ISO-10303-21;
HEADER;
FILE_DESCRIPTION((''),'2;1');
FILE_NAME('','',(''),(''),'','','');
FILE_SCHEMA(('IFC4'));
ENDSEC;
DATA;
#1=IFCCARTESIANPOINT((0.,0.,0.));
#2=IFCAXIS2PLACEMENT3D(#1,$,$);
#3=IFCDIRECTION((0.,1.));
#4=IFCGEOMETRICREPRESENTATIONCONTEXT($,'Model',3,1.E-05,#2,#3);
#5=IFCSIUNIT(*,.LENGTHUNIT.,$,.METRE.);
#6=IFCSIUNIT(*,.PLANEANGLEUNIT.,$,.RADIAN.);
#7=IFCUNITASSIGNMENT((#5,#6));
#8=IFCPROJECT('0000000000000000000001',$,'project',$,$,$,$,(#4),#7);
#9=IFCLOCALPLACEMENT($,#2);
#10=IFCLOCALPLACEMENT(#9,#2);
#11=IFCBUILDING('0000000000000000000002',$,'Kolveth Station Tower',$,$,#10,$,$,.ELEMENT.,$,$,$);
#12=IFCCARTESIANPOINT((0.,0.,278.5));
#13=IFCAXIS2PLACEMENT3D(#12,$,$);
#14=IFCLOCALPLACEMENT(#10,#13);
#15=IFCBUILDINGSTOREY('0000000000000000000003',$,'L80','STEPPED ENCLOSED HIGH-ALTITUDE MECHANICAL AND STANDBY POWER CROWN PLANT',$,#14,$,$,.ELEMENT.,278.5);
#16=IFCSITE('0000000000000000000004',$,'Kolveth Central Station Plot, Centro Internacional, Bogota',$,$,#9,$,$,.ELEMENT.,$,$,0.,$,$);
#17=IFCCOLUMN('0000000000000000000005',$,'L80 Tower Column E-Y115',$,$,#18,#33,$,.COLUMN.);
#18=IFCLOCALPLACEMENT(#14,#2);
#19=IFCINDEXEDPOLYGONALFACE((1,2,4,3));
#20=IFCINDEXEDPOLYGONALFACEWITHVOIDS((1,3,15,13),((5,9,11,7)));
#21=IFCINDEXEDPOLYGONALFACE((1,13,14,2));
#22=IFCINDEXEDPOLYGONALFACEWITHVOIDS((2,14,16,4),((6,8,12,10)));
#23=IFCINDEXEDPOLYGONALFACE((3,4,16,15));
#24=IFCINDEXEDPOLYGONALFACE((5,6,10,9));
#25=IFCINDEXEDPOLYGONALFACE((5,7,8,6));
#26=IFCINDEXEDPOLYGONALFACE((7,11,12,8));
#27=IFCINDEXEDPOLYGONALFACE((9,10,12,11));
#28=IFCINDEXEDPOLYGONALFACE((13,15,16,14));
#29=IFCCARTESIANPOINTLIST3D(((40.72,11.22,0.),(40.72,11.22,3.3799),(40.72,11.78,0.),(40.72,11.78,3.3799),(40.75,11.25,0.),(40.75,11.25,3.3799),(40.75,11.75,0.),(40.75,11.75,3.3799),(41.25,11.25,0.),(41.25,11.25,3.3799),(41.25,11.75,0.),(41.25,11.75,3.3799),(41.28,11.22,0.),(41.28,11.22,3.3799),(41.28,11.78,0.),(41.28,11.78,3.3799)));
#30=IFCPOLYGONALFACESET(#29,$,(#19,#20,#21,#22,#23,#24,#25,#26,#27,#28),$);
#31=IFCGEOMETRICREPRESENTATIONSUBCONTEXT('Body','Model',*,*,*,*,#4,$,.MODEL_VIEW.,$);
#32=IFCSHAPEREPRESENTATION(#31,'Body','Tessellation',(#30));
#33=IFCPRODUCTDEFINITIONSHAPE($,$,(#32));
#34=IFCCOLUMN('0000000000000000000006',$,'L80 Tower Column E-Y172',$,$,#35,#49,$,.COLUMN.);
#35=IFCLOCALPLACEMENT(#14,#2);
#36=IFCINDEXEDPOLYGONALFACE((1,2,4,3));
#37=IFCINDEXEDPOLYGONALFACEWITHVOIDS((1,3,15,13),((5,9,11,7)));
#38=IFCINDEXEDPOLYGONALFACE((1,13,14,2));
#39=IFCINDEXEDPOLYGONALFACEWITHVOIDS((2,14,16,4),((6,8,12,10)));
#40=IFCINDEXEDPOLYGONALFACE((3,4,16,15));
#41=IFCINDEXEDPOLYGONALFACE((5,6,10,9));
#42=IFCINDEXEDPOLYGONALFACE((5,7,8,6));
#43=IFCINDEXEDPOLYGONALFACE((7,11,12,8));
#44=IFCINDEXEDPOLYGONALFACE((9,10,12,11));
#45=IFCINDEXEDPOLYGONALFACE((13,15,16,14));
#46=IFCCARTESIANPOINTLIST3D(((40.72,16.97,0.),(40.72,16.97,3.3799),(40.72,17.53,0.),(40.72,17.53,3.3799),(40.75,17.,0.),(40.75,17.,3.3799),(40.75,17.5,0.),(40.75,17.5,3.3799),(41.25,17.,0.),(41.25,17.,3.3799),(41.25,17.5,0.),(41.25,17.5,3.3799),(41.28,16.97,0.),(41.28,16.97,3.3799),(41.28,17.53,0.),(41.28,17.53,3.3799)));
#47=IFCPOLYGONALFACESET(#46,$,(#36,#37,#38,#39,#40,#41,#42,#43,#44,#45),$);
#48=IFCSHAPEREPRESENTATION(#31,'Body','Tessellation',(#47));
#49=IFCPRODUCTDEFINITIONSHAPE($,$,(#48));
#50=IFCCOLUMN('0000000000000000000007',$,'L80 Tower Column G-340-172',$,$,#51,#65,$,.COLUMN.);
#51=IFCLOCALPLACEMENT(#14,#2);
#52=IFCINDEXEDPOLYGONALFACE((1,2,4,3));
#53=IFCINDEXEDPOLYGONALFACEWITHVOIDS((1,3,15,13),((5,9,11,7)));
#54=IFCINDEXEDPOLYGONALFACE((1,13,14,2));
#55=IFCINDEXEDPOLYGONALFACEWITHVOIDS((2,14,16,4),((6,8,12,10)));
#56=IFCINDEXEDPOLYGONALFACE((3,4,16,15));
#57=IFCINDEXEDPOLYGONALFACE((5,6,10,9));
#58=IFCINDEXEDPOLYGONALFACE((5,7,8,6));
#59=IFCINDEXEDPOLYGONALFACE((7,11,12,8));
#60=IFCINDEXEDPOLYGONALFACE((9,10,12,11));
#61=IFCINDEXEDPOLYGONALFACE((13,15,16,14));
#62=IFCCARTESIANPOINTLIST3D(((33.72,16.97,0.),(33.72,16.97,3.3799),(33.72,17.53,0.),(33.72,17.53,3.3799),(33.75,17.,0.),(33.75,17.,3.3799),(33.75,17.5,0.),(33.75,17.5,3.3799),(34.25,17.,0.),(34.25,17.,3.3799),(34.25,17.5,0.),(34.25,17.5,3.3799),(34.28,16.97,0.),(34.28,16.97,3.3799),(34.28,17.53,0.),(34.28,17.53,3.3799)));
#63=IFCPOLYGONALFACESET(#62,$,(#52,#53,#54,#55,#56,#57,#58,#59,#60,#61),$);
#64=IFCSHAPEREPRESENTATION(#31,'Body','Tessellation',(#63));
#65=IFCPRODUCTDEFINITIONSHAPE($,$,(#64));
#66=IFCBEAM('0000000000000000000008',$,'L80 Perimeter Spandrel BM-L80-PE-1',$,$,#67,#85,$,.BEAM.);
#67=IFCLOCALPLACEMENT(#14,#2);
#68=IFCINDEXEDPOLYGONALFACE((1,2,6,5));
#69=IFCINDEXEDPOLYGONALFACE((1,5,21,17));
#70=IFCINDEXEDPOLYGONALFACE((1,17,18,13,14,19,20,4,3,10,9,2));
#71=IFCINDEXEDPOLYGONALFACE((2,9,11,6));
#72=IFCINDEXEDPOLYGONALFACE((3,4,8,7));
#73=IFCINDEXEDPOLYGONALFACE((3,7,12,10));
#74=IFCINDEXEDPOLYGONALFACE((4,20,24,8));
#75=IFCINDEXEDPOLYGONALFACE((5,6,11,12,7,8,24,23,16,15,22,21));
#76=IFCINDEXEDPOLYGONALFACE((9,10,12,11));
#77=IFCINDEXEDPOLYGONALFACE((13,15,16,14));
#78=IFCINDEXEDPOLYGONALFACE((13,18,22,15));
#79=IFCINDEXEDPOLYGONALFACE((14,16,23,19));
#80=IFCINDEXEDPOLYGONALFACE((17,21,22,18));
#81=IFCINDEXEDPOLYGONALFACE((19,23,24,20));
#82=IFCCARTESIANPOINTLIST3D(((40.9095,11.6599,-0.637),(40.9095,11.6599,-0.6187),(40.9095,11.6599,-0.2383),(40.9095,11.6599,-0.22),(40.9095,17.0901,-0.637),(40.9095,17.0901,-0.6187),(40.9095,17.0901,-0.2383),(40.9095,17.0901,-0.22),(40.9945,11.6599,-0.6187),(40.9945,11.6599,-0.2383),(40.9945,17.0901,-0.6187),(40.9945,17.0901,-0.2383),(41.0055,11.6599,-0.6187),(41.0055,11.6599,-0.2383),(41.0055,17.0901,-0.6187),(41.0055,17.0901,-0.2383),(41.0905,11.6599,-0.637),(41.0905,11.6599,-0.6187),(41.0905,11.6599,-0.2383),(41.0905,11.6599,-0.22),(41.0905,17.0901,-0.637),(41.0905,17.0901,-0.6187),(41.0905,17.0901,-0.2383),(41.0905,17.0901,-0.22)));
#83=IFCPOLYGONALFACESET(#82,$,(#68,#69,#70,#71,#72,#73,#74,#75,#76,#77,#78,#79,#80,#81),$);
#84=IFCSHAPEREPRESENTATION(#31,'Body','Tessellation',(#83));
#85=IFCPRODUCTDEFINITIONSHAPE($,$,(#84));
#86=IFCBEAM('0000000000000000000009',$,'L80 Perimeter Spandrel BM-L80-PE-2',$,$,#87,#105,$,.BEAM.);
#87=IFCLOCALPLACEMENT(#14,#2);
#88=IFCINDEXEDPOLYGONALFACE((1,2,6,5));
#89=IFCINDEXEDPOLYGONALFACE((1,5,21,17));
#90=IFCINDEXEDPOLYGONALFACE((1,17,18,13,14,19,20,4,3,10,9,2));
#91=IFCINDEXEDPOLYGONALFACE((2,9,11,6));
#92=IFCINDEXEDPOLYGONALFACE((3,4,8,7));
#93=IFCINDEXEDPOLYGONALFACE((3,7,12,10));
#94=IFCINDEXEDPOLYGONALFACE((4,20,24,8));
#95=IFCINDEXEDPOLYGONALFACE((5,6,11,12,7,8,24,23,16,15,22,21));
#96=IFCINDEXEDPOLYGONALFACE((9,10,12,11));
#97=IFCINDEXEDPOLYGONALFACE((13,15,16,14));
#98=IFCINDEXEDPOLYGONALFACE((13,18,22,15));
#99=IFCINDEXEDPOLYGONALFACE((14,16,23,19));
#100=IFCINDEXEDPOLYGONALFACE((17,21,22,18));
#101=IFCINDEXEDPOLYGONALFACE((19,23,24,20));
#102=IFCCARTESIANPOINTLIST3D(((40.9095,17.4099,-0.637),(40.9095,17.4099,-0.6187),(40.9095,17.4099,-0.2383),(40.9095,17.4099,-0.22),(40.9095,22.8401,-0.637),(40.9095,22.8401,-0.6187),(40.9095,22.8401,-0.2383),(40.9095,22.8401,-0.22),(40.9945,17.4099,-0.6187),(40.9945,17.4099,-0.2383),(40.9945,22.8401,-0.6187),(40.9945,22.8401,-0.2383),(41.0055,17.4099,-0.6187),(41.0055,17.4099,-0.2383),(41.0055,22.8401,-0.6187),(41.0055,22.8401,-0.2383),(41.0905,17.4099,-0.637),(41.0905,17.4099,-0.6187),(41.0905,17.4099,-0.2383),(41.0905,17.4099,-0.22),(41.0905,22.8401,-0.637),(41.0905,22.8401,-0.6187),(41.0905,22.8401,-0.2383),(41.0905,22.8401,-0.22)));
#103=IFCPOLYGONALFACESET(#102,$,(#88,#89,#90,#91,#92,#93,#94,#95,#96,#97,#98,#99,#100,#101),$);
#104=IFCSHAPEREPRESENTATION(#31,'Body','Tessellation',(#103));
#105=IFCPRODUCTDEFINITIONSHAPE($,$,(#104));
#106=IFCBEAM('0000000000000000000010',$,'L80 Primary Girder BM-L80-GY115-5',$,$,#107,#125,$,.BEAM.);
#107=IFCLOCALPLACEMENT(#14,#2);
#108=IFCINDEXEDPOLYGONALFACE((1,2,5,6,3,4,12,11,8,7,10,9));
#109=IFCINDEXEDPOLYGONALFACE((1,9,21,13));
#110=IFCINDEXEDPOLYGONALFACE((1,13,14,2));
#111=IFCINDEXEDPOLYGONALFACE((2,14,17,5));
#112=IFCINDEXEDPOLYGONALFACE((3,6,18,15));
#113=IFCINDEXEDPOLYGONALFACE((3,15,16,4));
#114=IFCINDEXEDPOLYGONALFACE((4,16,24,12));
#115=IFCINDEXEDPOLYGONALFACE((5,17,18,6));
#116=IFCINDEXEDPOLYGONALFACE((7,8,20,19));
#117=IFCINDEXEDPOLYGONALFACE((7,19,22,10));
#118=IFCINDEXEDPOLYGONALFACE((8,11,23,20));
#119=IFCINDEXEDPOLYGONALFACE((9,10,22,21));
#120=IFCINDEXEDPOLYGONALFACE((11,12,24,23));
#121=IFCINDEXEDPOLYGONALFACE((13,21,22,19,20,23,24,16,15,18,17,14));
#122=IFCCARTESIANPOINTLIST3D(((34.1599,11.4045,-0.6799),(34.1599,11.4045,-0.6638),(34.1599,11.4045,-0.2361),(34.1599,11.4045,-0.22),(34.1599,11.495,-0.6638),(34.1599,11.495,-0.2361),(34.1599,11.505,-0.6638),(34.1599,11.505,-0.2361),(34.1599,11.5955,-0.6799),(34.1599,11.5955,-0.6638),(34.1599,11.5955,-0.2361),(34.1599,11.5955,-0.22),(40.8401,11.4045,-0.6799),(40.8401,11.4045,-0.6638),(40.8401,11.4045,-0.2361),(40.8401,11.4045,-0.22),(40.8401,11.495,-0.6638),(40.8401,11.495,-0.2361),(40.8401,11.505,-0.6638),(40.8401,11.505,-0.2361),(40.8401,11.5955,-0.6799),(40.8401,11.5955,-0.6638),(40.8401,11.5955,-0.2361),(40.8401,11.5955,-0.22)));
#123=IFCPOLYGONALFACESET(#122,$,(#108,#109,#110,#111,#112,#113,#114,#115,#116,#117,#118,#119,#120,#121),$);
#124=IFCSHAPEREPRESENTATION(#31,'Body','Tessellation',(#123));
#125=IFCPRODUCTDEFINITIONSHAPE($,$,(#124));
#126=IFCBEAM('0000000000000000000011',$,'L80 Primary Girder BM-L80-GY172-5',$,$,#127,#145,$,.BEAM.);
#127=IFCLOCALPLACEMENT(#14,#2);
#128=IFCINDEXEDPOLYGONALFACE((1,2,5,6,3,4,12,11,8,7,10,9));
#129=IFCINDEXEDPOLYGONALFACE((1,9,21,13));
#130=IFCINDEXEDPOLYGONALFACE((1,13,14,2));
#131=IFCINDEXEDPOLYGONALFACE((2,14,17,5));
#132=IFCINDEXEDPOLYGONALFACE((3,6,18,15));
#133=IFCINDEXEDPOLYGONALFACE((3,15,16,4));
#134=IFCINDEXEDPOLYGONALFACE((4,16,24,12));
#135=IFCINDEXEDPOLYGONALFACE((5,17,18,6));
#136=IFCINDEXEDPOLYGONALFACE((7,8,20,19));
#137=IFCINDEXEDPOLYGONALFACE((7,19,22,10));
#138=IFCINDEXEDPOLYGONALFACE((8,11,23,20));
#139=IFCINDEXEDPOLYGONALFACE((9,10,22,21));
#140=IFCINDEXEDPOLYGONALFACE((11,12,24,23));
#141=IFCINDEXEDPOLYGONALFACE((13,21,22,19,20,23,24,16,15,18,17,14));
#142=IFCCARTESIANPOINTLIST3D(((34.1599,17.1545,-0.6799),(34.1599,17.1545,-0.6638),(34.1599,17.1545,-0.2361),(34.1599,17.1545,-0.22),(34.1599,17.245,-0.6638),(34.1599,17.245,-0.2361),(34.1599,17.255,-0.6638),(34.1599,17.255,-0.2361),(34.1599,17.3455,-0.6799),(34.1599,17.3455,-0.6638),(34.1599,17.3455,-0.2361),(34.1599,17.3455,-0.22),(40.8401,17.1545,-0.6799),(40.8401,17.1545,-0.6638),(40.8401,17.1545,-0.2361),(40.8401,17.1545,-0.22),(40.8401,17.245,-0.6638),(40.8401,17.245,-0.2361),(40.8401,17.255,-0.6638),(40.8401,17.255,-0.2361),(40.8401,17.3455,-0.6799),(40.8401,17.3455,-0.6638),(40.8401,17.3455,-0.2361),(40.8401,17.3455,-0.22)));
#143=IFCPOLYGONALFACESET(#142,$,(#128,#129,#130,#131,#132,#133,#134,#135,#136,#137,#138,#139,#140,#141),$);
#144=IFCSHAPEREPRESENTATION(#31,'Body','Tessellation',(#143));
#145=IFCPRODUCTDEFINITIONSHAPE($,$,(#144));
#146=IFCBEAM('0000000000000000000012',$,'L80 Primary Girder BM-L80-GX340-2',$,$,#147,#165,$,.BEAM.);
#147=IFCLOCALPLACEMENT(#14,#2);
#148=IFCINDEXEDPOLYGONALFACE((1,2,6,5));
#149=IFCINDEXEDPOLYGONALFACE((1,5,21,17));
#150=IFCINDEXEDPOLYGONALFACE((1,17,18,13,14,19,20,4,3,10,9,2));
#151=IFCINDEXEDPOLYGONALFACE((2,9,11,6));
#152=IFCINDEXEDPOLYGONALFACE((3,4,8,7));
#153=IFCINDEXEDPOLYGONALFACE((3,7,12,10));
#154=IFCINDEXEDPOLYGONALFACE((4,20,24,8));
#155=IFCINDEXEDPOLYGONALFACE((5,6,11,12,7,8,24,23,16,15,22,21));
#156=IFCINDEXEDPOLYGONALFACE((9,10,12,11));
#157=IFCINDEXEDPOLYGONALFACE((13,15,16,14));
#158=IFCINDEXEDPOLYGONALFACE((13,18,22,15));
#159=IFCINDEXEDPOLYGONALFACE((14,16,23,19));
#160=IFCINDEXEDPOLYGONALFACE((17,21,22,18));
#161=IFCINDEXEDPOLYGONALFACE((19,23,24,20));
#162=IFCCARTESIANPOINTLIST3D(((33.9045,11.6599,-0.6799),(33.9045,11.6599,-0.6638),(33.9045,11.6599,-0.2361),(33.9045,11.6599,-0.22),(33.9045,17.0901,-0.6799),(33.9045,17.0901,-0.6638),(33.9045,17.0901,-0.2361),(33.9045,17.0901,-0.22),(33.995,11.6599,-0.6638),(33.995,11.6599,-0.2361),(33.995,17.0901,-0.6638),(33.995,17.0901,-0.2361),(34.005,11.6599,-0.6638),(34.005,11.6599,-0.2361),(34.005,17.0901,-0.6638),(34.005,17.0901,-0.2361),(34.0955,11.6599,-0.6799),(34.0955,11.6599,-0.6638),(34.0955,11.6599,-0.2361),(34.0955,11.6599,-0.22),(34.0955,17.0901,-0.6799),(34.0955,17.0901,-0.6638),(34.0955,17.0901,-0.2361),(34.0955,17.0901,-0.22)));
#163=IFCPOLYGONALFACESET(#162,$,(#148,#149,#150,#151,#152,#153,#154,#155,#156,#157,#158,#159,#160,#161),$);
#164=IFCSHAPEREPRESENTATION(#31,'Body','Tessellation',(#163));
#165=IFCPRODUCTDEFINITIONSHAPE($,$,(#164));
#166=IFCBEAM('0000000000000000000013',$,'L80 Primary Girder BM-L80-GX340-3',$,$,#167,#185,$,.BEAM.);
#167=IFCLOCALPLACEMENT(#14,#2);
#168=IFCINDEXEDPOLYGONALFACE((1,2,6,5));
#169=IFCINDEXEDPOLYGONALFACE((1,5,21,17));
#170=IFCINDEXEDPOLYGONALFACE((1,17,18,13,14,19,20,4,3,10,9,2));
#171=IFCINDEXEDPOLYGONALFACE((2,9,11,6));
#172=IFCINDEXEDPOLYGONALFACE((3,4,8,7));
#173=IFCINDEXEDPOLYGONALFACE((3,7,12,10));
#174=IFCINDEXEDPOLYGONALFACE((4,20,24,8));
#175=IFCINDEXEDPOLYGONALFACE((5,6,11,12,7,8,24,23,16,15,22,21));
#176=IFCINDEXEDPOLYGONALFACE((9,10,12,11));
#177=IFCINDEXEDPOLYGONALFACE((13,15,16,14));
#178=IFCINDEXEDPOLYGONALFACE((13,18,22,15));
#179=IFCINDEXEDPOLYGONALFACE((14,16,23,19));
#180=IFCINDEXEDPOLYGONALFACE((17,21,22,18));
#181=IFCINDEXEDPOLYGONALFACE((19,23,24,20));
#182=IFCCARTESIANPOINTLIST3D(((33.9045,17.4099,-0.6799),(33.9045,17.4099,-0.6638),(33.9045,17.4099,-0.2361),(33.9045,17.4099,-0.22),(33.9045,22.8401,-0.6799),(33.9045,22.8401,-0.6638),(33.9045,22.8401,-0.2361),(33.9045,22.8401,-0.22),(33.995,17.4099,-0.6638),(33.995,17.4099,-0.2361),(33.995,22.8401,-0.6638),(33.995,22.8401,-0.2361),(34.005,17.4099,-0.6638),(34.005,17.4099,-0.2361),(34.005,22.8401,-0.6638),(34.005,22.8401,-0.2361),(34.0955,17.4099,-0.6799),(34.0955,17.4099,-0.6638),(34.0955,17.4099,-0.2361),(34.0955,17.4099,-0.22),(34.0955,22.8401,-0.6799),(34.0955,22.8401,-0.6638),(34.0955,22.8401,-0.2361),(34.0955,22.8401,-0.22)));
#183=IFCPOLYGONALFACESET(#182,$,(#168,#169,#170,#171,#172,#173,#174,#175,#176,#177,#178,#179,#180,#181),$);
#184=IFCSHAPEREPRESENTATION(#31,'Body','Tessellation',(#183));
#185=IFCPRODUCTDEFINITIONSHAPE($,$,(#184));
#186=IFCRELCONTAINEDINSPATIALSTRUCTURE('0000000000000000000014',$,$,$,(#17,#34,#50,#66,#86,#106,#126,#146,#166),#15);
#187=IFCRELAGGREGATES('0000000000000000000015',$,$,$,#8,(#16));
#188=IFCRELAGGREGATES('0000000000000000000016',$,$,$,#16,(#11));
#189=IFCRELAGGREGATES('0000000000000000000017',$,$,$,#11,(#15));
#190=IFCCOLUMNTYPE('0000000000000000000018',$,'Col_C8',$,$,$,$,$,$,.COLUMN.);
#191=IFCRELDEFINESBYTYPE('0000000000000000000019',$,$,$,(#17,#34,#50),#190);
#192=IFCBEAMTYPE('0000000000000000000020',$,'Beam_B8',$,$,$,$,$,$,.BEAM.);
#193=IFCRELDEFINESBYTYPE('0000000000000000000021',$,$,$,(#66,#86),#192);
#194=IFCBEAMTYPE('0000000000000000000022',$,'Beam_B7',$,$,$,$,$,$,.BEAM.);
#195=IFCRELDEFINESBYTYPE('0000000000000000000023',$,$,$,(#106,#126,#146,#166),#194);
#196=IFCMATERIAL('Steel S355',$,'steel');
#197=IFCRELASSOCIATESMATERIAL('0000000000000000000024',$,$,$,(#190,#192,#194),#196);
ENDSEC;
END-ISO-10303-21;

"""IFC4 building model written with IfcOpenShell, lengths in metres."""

from ifc_helpers import new_model, si_unit, direction, frame, origin, origin_2d, place, context, subcontext, project, spatial, hollow_rectangle, i_section, extrude, source, transform, mapped, material, material_profile, profile_set, type_object, element, save


model = new_model("IFC4")

# Units and contexts
model_context = context("Model", 3, precision=1e-05, world=origin(), true_north=direction((0.0, 1.0)))
body_context = subcontext(model_context, "Body", "Model", "MODEL_VIEW")
ifc_project = project(units=[si_unit("LENGTHUNIT", "METRE"), si_unit("PLANEANGLEUNIT", "RADIAN")], contexts=[model_context])

# Site, building, storey
site_placement = place(None, origin())
site = spatial("IfcSite", under=ifc_project, at=site_placement, Name="Kolveth Central Station Plot, Centro Internacional, Bogota", CompositionType="ELEMENT", RefElevation=0.0)
building_placement = place(site_placement, origin())
building = spatial("IfcBuilding", under=site, at=building_placement, Name="Kolveth Station Tower", CompositionType="ELEMENT")
storey_placement = place(building_placement, frame((0.0, 0.0, 278.5)))
storey = spatial("IfcBuildingStorey", under=building, at=storey_placement, Name="L80", Description="STEPPED ENCLOSED HIGH-ALTITUDE MECHANICAL AND STANDBY POWER CROWN PLANT", CompositionType="ELEMENT", Elevation=278.5)

# Columns
ifc_material_1 = material(Name="Steel S355", Category="steel")
ifc_material_profile_1 = material_profile(ifc_material_1, hollow_rectangle(XDim=0.5601, YDim=0.5601, WallThickness=0.03, at=origin_2d()), Name="BOX560x560x30")
ifc_profile_set_1 = profile_set([ifc_material_profile_1], Name="Steel S355")
column_type = type_object("IfcColumnType", Name="Col_C8", PredefinedType="COLUMN", material=ifc_profile_set_1)
shared_shape_1 = source(origin(), body_context, "Body", "SweptSolid", [
    extrude(hollow_rectangle(XDim=0.5601, YDim=0.5601, WallThickness=0.03, at=origin_2d()), origin(), (0.0, 0.0, 1.0), 3.3799),
])
for number, where, z_axis, x_axis, name in (
    (1, (41.0, 11.5, 0.0), (0.0, 0.0, 1.0), (1.0, 0.0, 0.0), "L80 Tower Column E-Y115"),
    (2, (41.0, 17.25, 0.0), (0.0, 0.0, 1.0), (1.0, 0.0, 0.0), "L80 Tower Column E-Y172"),
    (3, (34.0, 17.25, 0.0), (0.0, 0.0, 1.0), (1.0, 0.0, 0.0), "L80 Tower Column G-340-172"),
):
    element("IfcColumn", number, at=place(storey_placement, frame(where, z_axis=z_axis, x_axis=x_axis)), inside=storey, type_object=column_type, Name=name, PredefinedType="COLUMN", context=body_context, shape_type="MappedRepresentation", body=[
        mapped(shared_shape_1, transform((0.0, 0.0, 0.0), x_axis=(1.0, 0.0, 0.0), y_axis=(0.0, 1.0, 0.0), z_axis=(0.0, 0.0, 1.0), scale=1.0)),
    ])

# Beams
ifc_material_profile_2 = material_profile(ifc_material_1, i_section(OverallWidth=0.1809, OverallDepth=0.417, WebThickness=0.011, FlangeThickness=0.0183, at=origin_2d()), Name="W410x85")
ifc_profile_set_2 = profile_set([ifc_material_profile_2], Name="Steel S355")
beam_type_1 = type_object("IfcBeamType", Name="Beam_B8", PredefinedType="BEAM", material=ifc_profile_set_2)
shared_shape_2 = source(origin(), body_context, "Body", "SweptSolid", [
    extrude(i_section(OverallWidth=0.1809, OverallDepth=0.417, WebThickness=0.011, FlangeThickness=0.0183, at=origin_2d()), origin(), (0.0, 0.0, 1.0), 5.4302),
])
for number, where, z_axis, x_axis, name in (
    (4, (41.0, 11.6599, -0.4285), (0.0, 1.0, 0.0), (-1.0, 0.0, 0.0), "L80 Perimeter Spandrel BM-L80-PE-1"),
    (5, (41.0, 17.4099, -0.4285), (0.0, 1.0, 0.0), (-1.0, 0.0, 0.0), "L80 Perimeter Spandrel BM-L80-PE-2"),
):
    element("IfcBeam", number, at=place(storey_placement, frame(where, z_axis=z_axis, x_axis=x_axis)), inside=storey, type_object=beam_type_1, Name=name, PredefinedType="BEAM", context=body_context, shape_type="MappedRepresentation", body=[
        mapped(shared_shape_2, transform((0.0, 0.0, 0.0), x_axis=(1.0, 0.0, 0.0), y_axis=(0.0, 1.0, 0.0), z_axis=(0.0, 0.0, 1.0), scale=1.0)),
    ])
ifc_material_profile_3 = material_profile(ifc_material_1, i_section(OverallWidth=0.1909, OverallDepth=0.46, WebThickness=0.01, FlangeThickness=0.0161, at=origin_2d()), Name="W460x82")
ifc_profile_set_3 = profile_set([ifc_material_profile_3], Name="Steel S355")
beam_type_2 = type_object("IfcBeamType", Name="Beam_B7", PredefinedType="BEAM", material=ifc_profile_set_3)
shared_shape_3 = source(origin(), body_context, "Body", "SweptSolid", [
    extrude(i_section(OverallWidth=0.1909, OverallDepth=0.46, WebThickness=0.01, FlangeThickness=0.0161, at=origin_2d()), origin(), (0.0, 0.0, 1.0), 6.6802),
])
for number, where, z_axis, x_axis, name in (
    (6, (34.1599, 11.5, -0.45), (1.0, 0.0, 0.0), (0.0, 1.0, 0.0), "L80 Primary Girder BM-L80-GY115-5"),
    (7, (34.1599, 17.25, -0.45), (1.0, 0.0, 0.0), (0.0, 1.0, 0.0), "L80 Primary Girder BM-L80-GY172-5"),
):
    element("IfcBeam", number, at=place(storey_placement, frame(where, z_axis=z_axis, x_axis=x_axis)), inside=storey, type_object=beam_type_2, Name=name, PredefinedType="BEAM", context=body_context, shape_type="MappedRepresentation", body=[
        mapped(shared_shape_3, transform((0.0, 0.0, 0.0), x_axis=(1.0, 0.0, 0.0), y_axis=(0.0, 1.0, 0.0), z_axis=(0.0, 0.0, 1.0), scale=1.0)),
    ])
shared_shape_4 = source(origin(), body_context, "Body", "SweptSolid", [
    extrude(i_section(OverallWidth=0.1909, OverallDepth=0.46, WebThickness=0.01, FlangeThickness=0.0161, at=origin_2d()), origin(), (0.0, 0.0, 1.0), 5.4302),
])
for number, where, z_axis, x_axis, name in (
    (8, (34.0, 11.6599, -0.45), (0.0, 1.0, 0.0), (-1.0, 0.0, 0.0), "L80 Primary Girder BM-L80-GX340-2"),
    (9, (34.0, 17.4099, -0.45), (0.0, 1.0, 0.0), (-1.0, 0.0, 0.0), "L80 Primary Girder BM-L80-GX340-3"),
):
    element("IfcBeam", number, at=place(storey_placement, frame(where, z_axis=z_axis, x_axis=x_axis)), inside=storey, type_object=beam_type_2, Name=name, PredefinedType="BEAM", context=body_context, shape_type="MappedRepresentation", body=[
        mapped(shared_shape_4, transform((0.0, 0.0, 0.0), x_axis=(1.0, 0.0, 0.0), y_axis=(0.0, 1.0, 0.0), z_axis=(0.0, 0.0, 1.0), scale=1.0)),
    ])

save(model, "model.ifc")
